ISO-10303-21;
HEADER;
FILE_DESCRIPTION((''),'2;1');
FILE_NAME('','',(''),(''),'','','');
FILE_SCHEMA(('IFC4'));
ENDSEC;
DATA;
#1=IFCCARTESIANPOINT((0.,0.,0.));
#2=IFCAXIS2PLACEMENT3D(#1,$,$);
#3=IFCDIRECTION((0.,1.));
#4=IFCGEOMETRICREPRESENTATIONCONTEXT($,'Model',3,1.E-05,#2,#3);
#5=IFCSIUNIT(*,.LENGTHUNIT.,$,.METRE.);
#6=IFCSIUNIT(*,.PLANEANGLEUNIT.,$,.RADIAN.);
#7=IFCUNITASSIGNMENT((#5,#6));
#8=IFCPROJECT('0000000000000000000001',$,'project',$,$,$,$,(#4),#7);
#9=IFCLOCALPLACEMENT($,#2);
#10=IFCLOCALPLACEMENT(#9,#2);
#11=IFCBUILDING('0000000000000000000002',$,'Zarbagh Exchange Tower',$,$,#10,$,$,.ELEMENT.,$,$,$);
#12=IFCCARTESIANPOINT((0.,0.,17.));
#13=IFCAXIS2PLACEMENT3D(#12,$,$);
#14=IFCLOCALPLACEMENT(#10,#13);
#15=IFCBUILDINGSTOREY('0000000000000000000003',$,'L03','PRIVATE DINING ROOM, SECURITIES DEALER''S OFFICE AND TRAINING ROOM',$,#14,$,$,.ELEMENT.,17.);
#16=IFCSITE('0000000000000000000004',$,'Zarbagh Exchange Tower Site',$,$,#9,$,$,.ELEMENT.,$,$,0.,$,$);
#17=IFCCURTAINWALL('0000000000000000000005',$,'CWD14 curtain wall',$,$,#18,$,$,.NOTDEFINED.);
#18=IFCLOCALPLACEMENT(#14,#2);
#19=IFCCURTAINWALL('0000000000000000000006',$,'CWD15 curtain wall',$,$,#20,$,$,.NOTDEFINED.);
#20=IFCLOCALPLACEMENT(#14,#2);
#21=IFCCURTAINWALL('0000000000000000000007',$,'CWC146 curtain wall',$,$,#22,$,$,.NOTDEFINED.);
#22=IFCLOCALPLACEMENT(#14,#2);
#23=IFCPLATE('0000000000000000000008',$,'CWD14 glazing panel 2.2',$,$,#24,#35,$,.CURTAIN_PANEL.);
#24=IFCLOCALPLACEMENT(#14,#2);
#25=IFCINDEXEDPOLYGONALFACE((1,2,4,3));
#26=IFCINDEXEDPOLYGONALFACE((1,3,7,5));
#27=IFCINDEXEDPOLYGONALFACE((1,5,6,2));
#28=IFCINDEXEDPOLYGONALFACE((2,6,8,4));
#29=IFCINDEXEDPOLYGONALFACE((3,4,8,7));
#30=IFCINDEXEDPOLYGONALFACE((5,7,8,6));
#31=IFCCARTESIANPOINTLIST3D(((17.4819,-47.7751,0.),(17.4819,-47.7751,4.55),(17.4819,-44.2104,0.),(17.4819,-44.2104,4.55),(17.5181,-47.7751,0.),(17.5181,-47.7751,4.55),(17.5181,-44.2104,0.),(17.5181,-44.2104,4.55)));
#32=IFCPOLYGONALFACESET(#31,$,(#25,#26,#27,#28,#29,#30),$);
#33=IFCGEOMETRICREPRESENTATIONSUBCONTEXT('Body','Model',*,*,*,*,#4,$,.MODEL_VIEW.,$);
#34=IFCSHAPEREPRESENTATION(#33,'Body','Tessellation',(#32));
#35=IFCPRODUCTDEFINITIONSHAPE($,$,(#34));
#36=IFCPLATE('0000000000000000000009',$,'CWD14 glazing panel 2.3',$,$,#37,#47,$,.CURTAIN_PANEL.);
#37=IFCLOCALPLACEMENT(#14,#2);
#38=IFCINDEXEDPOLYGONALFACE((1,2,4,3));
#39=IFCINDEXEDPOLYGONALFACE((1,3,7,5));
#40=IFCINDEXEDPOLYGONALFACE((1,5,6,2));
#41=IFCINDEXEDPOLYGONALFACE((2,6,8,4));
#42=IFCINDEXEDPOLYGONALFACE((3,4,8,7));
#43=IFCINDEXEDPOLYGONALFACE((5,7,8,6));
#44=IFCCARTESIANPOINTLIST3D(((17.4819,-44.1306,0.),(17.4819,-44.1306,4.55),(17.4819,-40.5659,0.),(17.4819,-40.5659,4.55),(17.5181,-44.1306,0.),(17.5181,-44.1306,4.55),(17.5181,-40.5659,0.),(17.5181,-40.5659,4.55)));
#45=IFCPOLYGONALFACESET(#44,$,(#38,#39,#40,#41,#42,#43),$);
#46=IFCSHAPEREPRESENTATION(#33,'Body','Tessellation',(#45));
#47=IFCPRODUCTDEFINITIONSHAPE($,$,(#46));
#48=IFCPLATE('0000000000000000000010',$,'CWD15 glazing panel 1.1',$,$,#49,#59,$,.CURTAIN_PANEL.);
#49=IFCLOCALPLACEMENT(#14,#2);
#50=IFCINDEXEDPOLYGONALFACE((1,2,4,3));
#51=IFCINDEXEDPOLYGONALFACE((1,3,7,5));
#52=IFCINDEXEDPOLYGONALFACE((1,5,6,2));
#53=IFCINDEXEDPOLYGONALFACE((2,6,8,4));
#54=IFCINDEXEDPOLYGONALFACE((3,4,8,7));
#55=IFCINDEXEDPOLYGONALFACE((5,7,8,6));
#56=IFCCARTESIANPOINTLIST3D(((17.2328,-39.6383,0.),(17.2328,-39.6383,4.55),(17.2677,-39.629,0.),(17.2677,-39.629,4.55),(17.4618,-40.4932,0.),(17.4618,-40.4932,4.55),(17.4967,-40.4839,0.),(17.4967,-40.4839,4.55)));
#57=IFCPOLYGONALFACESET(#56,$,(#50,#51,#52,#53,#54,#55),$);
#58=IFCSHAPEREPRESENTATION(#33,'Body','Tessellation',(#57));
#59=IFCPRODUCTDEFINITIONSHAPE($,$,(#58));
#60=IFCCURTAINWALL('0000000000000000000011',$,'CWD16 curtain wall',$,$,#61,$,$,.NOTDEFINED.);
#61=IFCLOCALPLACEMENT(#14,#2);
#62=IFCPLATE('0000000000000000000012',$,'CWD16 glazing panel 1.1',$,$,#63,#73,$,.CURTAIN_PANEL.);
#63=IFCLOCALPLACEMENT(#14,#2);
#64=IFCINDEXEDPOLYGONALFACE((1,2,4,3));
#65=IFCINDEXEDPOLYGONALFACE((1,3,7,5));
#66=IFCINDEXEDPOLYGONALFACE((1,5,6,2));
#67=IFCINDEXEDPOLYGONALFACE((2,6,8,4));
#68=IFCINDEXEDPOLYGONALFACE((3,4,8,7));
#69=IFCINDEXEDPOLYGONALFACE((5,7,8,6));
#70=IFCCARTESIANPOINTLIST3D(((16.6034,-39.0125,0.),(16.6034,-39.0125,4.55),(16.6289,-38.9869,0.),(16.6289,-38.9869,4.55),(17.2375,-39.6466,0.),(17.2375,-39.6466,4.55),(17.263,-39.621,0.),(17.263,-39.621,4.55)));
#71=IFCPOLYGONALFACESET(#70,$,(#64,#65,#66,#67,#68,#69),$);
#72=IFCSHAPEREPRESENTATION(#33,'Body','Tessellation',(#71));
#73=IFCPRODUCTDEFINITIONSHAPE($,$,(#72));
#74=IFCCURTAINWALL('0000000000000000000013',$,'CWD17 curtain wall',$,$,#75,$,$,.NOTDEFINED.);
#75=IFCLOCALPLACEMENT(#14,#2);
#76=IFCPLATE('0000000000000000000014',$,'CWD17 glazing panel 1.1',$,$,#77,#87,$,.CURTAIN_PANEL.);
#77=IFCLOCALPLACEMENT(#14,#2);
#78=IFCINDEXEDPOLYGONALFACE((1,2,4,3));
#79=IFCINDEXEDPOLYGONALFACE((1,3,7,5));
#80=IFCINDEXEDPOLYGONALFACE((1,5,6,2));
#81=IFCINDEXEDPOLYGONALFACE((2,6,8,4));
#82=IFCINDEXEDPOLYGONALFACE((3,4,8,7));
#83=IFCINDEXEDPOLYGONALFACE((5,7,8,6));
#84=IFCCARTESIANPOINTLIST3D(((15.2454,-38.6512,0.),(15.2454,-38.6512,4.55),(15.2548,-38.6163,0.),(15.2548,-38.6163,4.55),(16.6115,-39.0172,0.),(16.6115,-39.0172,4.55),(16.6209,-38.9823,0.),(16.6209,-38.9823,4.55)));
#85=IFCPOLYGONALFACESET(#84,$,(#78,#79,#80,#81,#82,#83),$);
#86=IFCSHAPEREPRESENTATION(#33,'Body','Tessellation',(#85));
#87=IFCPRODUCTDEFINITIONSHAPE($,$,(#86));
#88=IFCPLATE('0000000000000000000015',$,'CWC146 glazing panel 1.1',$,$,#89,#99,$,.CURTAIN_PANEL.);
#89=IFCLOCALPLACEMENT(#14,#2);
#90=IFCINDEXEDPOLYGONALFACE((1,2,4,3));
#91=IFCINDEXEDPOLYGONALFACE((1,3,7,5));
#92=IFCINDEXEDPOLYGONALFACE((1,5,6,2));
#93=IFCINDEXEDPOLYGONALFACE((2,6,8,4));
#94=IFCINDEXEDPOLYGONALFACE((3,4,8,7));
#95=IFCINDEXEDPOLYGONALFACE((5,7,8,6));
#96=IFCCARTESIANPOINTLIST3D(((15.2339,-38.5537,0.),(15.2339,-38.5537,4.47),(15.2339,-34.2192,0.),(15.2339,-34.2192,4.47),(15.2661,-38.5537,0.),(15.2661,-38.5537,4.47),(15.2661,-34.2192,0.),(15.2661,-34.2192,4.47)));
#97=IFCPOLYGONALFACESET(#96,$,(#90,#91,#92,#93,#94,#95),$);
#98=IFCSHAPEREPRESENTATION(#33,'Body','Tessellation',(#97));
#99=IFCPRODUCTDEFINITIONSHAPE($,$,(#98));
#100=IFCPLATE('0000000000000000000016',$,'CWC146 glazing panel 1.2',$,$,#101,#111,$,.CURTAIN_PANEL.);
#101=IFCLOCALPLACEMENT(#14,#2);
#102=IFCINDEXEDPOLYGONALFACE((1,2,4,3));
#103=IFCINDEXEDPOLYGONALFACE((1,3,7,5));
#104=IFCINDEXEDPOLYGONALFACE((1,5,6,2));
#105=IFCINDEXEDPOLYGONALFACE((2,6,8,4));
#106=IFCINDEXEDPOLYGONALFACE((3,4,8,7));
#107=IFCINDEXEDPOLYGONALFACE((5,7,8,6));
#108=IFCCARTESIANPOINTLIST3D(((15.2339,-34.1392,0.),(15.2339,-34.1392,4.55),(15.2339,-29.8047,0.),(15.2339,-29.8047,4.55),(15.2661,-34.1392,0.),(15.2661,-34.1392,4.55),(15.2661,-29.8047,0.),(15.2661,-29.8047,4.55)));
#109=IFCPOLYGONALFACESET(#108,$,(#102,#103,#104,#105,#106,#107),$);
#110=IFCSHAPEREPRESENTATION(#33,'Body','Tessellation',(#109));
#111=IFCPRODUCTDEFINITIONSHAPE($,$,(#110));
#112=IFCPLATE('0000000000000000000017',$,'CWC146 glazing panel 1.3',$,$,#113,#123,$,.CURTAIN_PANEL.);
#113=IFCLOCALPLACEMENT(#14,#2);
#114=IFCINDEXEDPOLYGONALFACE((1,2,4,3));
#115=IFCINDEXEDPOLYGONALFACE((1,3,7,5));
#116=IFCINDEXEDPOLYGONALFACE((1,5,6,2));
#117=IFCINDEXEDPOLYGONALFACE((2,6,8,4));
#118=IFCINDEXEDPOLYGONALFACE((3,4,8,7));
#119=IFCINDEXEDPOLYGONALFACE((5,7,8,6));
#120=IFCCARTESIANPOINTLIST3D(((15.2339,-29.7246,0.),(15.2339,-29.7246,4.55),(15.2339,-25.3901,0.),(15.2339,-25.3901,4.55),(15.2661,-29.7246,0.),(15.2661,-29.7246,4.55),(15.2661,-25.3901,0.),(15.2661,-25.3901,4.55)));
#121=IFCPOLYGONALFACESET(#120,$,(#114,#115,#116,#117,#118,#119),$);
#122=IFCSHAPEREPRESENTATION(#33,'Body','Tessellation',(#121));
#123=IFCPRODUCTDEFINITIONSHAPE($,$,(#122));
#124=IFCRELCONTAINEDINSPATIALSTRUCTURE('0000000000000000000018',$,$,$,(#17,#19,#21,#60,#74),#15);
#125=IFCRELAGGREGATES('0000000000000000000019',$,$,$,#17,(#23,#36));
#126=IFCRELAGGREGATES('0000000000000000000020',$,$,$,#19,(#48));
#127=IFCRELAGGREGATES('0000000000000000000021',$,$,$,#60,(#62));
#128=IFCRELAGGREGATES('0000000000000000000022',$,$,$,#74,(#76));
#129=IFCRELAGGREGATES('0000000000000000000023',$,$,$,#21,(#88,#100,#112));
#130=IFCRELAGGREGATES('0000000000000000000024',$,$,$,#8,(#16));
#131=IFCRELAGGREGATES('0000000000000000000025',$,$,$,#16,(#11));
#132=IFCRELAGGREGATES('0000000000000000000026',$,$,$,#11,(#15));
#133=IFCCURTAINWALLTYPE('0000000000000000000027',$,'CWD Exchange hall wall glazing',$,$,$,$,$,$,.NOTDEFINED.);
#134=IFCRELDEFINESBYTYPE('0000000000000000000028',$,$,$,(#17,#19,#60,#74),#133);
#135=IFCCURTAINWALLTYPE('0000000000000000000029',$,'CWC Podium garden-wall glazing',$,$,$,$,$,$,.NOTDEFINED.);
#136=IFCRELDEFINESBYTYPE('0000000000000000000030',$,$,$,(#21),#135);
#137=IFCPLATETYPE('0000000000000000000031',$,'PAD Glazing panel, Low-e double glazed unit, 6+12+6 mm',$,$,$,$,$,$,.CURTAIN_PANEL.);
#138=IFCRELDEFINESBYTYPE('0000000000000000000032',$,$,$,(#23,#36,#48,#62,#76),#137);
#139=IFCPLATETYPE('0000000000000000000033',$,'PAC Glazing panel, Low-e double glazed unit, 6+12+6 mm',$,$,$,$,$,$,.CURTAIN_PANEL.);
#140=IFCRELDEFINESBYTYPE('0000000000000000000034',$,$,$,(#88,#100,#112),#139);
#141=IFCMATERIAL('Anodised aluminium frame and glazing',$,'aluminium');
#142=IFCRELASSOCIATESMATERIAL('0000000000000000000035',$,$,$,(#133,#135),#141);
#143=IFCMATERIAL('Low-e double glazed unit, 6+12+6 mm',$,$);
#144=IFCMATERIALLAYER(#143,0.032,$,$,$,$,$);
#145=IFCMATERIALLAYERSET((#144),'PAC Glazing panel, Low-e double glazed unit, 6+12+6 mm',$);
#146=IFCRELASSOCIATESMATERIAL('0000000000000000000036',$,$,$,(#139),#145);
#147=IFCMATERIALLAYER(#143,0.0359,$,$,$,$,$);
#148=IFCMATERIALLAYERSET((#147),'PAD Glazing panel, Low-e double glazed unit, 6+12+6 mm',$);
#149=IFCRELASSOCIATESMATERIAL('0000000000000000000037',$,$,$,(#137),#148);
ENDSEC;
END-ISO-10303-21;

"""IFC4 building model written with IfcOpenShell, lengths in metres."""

from ifc_helpers import new_model, si_unit, direction, frame, origin, place, context, subcontext, project, spatial, polyline, outline, extrude, source, transform, mapped, material, layer, layer_set, type_object, element, aggregate, save


model = new_model("IFC4")

# Units and contexts
model_context = context("Model", 3, precision=1e-05, world=origin(), true_north=direction((0.0, 1.0)))
body_context = subcontext(model_context, "Body", "Model", "MODEL_VIEW")
ifc_project = project(units=[si_unit("LENGTHUNIT", "METRE"), si_unit("PLANEANGLEUNIT", "RADIAN")], contexts=[model_context])

# Site, building, storey
site_placement = place(None, origin())
site = spatial("IfcSite", under=ifc_project, at=site_placement, Name="Zarbagh Exchange Tower Site", CompositionType="ELEMENT", RefElevation=0.0)
building_placement = place(site_placement, origin())
building = spatial("IfcBuilding", under=site, at=building_placement, Name="Zarbagh Exchange Tower", CompositionType="ELEMENT")
storey_placement = place(building_placement, frame((0.0, 0.0, 17.0)))
storey = spatial("IfcBuildingStorey", under=building, at=storey_placement, Name="L03", Description="PRIVATE DINING ROOM, SECURITIES DEALER'S OFFICE AND TRAINING ROOM", CompositionType="ELEMENT", Elevation=17.0)

# Curtain wall
ifc_material_1 = material(Name="Anodised aluminium frame and glazing", Category="aluminium")
curtain_wall_type_1 = type_object("IfcCurtainWallType", Name="CWD Exchange hall wall glazing", PredefinedType="NOTDEFINED", material=ifc_material_1)
curtain_wall_1_placement = place(storey_placement, origin())
curtain_wall_1 = element("IfcCurtainWall", 1, at=curtain_wall_1_placement, inside=storey, type_object=curtain_wall_type_1, Name="CWD14 curtain wall", PredefinedType="NOTDEFINED")
placement = place(storey_placement, origin())

# Curtain wall
curtain_wall_2_placement = place(storey_placement, origin())
curtain_wall_2 = element("IfcCurtainWall", 2, at=curtain_wall_2_placement, inside=storey, type_object=curtain_wall_type_1, Name="CWD15 curtain wall", PredefinedType="NOTDEFINED")

# Curtain wall
curtain_wall_type_2 = type_object("IfcCurtainWallType", Name="CWC Podium garden-wall glazing", PredefinedType="NOTDEFINED", material=ifc_material_1)
curtain_wall_3_placement = place(storey_placement, origin())
curtain_wall_3 = element("IfcCurtainWall", 3, at=curtain_wall_3_placement, inside=storey, type_object=curtain_wall_type_2, Name="CWC146 curtain wall", PredefinedType="NOTDEFINED")

# Shared definitions
ifc_material_2 = material(Name="Low-e double glazed unit, 6+12+6 mm")
ifc_layer_1 = layer(ifc_material_2, 0.032)
ifc_layer_set_1 = layer_set([ifc_layer_1], Name="PAC Glazing panel, Low-e double glazed unit, 6+12+6 mm")
plate_type_1 = type_object("IfcPlateType", Name="PAC Glazing panel, Low-e double glazed unit, 6+12+6 mm", PredefinedType="CURTAIN_PANEL", material=ifc_layer_set_1)

# Plates
ifc_layer_2 = layer(ifc_material_2, 0.0359)
ifc_layer_set_2 = layer_set([ifc_layer_2], Name="PAD Glazing panel, Low-e double glazed unit, 6+12+6 mm")
plate_type_2 = type_object("IfcPlateType", Name="PAD Glazing panel, Low-e double glazed unit, 6+12+6 mm", PredefinedType="CURTAIN_PANEL", material=ifc_layer_set_2)
shared_shape_1 = source(origin(), body_context, "Body", "SweptSolid", [
    extrude(outline(polyline([(0.0, -0.0181), (3.5647, -0.0181), (3.5647, 0.0181), (0.0, 0.0181), (0.0, -0.0181)])), origin(), (0.0, 0.0, 1.0), 4.55),
])
plate_1 = element("IfcPlate", 4, at=placement, type_object=plate_type_2, Name="CWD14 glazing panel 2.2", PredefinedType="CURTAIN_PANEL", context=body_context, shape_type="MappedRepresentation", body=[
    mapped(shared_shape_1, transform((17.5, -47.7751, 0.0), x_axis=(0.0, 1.0, 0.0), y_axis=(-1.0, 0.0, 0.0), z_axis=(0.0, 0.0, 1.0))),
])
plate_2 = element("IfcPlate", 5, at=placement, type_object=plate_type_2, Name="CWD14 glazing panel 2.3", PredefinedType="CURTAIN_PANEL", context=body_context, shape_type="MappedRepresentation", body=[
    mapped(shared_shape_1, transform((17.5, -44.1306, 0.0), x_axis=(0.0, 1.0, 0.0), y_axis=(-1.0, 0.0, 0.0), z_axis=(0.0, 0.0, 1.0))),
])
aggregate(curtain_wall_1, [plate_1, plate_2])
shared_shape_2 = source(origin(), body_context, "Body", "SweptSolid", [
    extrude(outline(polyline([(0.0, -0.0181), (0.885, -0.0181), (0.885, 0.0181), (0.0, 0.0181), (0.0, -0.0181)])), origin(), (0.0, 0.0, 1.0), 4.55),
])
plate_3 = element("IfcPlate", 6, at=placement, type_object=plate_type_2, Name="CWD15 glazing panel 1.1", PredefinedType="CURTAIN_PANEL", context=body_context, shape_type="MappedRepresentation", body=[
    mapped(shared_shape_2, transform((17.4792, -40.4885, 0.0), x_axis=(-0.258785, 0.965935, 0.0), y_axis=(-0.965935, -0.258785, 0.0), z_axis=(0.0, 0.0, 1.0))),
])
aggregate(curtain_wall_2, [plate_3])

# Curtain walls, plates
curtain_wall_4_placement = place(storey_placement, origin())
curtain_wall_4 = element("IfcCurtainWall", 7, at=curtain_wall_4_placement, inside=storey, type_object=curtain_wall_type_1, Name="CWD16 curtain wall", PredefinedType="NOTDEFINED")
shared_shape_3 = source(origin(), body_context, "Body", "SweptSolid", [
    extrude(outline(polyline([(0.0, -0.0181), (0.8967, -0.0181), (0.8967, 0.0181), (0.0, 0.0181), (0.0, -0.0181)])), origin(), (0.0, 0.0, 1.0), 4.55),
])
plate_4 = element("IfcPlate", 8, at=placement, type_object=plate_type_2, Name="CWD16 glazing panel 1.1", PredefinedType="CURTAIN_PANEL", context=body_context, shape_type="MappedRepresentation", body=[
    mapped(shared_shape_3, transform((17.2502, -39.6338, 0.0), x_axis=(-0.707107, 0.707107, 0.0), y_axis=(-0.707107, -0.707107, 0.0), z_axis=(0.0, 0.0, 1.0))),
])
aggregate(curtain_wall_4, [plate_4])
curtain_wall_5_placement = place(storey_placement, origin())
curtain_wall_5 = element("IfcCurtainWall", 9, at=curtain_wall_5_placement, inside=storey, type_object=curtain_wall_type_1, Name="CWD17 curtain wall", PredefinedType="NOTDEFINED")
shared_shape_4 = source(origin(), body_context, "Body", "SweptSolid", [
    extrude(outline(polyline([(0.0, -0.0181), (1.4143, -0.0181), (1.4143, 0.0181), (0.0, 0.0181), (0.0, -0.0181)])), origin(), (0.0, 0.0, 1.0), 4.55),
])
plate_5 = element("IfcPlate", 10, at=placement, type_object=plate_type_2, Name="CWD17 glazing panel 1.1", PredefinedType="CURTAIN_PANEL", context=body_context, shape_type="MappedRepresentation", body=[
    mapped(shared_shape_4, transform((16.6162, -38.9998, 0.0), x_axis=(-0.965935, 0.258785, 0.0), y_axis=(-0.258785, -0.965935, 0.0), z_axis=(0.0, 0.0, 1.0))),
])
aggregate(curtain_wall_5, [plate_5])

# Plates
shared_shape_5 = source(origin(), body_context, "Body", "SweptSolid", [
    extrude(outline(polyline([(0.0, -0.0161), (4.3345, -0.0161), (4.3345, 0.0161), (0.0, 0.0161), (0.0, -0.0161)])), origin(), (0.0, 0.0, 1.0), 4.47),
])
plate_6 = element("IfcPlate", 11, at=placement, type_object=plate_type_1, Name="CWC146 glazing panel 1.1", PredefinedType="CURTAIN_PANEL", context=body_context, shape_type="MappedRepresentation", body=[
    mapped(shared_shape_5, transform((15.25, -38.5537, 0.0), x_axis=(0.0, 1.0, 0.0), y_axis=(-1.0, 0.0, 0.0), z_axis=(0.0, 0.0, 1.0))),
])
shared_shape_6 = source(origin(), body_context, "Body", "SweptSolid", [
    extrude(outline(polyline([(0.0, -0.0161), (4.3345, -0.0161), (4.3345, 0.0161), (0.0, 0.0161), (0.0, -0.0161)])), origin(), (0.0, 0.0, 1.0), 4.55),
])
plate_7 = element("IfcPlate", 12, at=placement, type_object=plate_type_1, Name="CWC146 glazing panel 1.2", PredefinedType="CURTAIN_PANEL", context=body_context, shape_type="MappedRepresentation", body=[
    mapped(shared_shape_6, transform((15.25, -34.1392, 0.0), x_axis=(0.0, 1.0, 0.0), y_axis=(-1.0, 0.0, 0.0), z_axis=(0.0, 0.0, 1.0))),
])
plate_8 = element("IfcPlate", 13, at=placement, type_object=plate_type_1, Name="CWC146 glazing panel 1.3", PredefinedType="CURTAIN_PANEL", context=body_context, shape_type="MappedRepresentation", body=[
    mapped(shared_shape_6, transform((15.25, -29.7246, 0.0), x_axis=(0.0, 1.0, 0.0), y_axis=(-1.0, 0.0, 0.0), z_axis=(0.0, 0.0, 1.0))),
])
aggregate(curtain_wall_3, [plate_6, plate_7, plate_8])

save(model, "model.ifc")
